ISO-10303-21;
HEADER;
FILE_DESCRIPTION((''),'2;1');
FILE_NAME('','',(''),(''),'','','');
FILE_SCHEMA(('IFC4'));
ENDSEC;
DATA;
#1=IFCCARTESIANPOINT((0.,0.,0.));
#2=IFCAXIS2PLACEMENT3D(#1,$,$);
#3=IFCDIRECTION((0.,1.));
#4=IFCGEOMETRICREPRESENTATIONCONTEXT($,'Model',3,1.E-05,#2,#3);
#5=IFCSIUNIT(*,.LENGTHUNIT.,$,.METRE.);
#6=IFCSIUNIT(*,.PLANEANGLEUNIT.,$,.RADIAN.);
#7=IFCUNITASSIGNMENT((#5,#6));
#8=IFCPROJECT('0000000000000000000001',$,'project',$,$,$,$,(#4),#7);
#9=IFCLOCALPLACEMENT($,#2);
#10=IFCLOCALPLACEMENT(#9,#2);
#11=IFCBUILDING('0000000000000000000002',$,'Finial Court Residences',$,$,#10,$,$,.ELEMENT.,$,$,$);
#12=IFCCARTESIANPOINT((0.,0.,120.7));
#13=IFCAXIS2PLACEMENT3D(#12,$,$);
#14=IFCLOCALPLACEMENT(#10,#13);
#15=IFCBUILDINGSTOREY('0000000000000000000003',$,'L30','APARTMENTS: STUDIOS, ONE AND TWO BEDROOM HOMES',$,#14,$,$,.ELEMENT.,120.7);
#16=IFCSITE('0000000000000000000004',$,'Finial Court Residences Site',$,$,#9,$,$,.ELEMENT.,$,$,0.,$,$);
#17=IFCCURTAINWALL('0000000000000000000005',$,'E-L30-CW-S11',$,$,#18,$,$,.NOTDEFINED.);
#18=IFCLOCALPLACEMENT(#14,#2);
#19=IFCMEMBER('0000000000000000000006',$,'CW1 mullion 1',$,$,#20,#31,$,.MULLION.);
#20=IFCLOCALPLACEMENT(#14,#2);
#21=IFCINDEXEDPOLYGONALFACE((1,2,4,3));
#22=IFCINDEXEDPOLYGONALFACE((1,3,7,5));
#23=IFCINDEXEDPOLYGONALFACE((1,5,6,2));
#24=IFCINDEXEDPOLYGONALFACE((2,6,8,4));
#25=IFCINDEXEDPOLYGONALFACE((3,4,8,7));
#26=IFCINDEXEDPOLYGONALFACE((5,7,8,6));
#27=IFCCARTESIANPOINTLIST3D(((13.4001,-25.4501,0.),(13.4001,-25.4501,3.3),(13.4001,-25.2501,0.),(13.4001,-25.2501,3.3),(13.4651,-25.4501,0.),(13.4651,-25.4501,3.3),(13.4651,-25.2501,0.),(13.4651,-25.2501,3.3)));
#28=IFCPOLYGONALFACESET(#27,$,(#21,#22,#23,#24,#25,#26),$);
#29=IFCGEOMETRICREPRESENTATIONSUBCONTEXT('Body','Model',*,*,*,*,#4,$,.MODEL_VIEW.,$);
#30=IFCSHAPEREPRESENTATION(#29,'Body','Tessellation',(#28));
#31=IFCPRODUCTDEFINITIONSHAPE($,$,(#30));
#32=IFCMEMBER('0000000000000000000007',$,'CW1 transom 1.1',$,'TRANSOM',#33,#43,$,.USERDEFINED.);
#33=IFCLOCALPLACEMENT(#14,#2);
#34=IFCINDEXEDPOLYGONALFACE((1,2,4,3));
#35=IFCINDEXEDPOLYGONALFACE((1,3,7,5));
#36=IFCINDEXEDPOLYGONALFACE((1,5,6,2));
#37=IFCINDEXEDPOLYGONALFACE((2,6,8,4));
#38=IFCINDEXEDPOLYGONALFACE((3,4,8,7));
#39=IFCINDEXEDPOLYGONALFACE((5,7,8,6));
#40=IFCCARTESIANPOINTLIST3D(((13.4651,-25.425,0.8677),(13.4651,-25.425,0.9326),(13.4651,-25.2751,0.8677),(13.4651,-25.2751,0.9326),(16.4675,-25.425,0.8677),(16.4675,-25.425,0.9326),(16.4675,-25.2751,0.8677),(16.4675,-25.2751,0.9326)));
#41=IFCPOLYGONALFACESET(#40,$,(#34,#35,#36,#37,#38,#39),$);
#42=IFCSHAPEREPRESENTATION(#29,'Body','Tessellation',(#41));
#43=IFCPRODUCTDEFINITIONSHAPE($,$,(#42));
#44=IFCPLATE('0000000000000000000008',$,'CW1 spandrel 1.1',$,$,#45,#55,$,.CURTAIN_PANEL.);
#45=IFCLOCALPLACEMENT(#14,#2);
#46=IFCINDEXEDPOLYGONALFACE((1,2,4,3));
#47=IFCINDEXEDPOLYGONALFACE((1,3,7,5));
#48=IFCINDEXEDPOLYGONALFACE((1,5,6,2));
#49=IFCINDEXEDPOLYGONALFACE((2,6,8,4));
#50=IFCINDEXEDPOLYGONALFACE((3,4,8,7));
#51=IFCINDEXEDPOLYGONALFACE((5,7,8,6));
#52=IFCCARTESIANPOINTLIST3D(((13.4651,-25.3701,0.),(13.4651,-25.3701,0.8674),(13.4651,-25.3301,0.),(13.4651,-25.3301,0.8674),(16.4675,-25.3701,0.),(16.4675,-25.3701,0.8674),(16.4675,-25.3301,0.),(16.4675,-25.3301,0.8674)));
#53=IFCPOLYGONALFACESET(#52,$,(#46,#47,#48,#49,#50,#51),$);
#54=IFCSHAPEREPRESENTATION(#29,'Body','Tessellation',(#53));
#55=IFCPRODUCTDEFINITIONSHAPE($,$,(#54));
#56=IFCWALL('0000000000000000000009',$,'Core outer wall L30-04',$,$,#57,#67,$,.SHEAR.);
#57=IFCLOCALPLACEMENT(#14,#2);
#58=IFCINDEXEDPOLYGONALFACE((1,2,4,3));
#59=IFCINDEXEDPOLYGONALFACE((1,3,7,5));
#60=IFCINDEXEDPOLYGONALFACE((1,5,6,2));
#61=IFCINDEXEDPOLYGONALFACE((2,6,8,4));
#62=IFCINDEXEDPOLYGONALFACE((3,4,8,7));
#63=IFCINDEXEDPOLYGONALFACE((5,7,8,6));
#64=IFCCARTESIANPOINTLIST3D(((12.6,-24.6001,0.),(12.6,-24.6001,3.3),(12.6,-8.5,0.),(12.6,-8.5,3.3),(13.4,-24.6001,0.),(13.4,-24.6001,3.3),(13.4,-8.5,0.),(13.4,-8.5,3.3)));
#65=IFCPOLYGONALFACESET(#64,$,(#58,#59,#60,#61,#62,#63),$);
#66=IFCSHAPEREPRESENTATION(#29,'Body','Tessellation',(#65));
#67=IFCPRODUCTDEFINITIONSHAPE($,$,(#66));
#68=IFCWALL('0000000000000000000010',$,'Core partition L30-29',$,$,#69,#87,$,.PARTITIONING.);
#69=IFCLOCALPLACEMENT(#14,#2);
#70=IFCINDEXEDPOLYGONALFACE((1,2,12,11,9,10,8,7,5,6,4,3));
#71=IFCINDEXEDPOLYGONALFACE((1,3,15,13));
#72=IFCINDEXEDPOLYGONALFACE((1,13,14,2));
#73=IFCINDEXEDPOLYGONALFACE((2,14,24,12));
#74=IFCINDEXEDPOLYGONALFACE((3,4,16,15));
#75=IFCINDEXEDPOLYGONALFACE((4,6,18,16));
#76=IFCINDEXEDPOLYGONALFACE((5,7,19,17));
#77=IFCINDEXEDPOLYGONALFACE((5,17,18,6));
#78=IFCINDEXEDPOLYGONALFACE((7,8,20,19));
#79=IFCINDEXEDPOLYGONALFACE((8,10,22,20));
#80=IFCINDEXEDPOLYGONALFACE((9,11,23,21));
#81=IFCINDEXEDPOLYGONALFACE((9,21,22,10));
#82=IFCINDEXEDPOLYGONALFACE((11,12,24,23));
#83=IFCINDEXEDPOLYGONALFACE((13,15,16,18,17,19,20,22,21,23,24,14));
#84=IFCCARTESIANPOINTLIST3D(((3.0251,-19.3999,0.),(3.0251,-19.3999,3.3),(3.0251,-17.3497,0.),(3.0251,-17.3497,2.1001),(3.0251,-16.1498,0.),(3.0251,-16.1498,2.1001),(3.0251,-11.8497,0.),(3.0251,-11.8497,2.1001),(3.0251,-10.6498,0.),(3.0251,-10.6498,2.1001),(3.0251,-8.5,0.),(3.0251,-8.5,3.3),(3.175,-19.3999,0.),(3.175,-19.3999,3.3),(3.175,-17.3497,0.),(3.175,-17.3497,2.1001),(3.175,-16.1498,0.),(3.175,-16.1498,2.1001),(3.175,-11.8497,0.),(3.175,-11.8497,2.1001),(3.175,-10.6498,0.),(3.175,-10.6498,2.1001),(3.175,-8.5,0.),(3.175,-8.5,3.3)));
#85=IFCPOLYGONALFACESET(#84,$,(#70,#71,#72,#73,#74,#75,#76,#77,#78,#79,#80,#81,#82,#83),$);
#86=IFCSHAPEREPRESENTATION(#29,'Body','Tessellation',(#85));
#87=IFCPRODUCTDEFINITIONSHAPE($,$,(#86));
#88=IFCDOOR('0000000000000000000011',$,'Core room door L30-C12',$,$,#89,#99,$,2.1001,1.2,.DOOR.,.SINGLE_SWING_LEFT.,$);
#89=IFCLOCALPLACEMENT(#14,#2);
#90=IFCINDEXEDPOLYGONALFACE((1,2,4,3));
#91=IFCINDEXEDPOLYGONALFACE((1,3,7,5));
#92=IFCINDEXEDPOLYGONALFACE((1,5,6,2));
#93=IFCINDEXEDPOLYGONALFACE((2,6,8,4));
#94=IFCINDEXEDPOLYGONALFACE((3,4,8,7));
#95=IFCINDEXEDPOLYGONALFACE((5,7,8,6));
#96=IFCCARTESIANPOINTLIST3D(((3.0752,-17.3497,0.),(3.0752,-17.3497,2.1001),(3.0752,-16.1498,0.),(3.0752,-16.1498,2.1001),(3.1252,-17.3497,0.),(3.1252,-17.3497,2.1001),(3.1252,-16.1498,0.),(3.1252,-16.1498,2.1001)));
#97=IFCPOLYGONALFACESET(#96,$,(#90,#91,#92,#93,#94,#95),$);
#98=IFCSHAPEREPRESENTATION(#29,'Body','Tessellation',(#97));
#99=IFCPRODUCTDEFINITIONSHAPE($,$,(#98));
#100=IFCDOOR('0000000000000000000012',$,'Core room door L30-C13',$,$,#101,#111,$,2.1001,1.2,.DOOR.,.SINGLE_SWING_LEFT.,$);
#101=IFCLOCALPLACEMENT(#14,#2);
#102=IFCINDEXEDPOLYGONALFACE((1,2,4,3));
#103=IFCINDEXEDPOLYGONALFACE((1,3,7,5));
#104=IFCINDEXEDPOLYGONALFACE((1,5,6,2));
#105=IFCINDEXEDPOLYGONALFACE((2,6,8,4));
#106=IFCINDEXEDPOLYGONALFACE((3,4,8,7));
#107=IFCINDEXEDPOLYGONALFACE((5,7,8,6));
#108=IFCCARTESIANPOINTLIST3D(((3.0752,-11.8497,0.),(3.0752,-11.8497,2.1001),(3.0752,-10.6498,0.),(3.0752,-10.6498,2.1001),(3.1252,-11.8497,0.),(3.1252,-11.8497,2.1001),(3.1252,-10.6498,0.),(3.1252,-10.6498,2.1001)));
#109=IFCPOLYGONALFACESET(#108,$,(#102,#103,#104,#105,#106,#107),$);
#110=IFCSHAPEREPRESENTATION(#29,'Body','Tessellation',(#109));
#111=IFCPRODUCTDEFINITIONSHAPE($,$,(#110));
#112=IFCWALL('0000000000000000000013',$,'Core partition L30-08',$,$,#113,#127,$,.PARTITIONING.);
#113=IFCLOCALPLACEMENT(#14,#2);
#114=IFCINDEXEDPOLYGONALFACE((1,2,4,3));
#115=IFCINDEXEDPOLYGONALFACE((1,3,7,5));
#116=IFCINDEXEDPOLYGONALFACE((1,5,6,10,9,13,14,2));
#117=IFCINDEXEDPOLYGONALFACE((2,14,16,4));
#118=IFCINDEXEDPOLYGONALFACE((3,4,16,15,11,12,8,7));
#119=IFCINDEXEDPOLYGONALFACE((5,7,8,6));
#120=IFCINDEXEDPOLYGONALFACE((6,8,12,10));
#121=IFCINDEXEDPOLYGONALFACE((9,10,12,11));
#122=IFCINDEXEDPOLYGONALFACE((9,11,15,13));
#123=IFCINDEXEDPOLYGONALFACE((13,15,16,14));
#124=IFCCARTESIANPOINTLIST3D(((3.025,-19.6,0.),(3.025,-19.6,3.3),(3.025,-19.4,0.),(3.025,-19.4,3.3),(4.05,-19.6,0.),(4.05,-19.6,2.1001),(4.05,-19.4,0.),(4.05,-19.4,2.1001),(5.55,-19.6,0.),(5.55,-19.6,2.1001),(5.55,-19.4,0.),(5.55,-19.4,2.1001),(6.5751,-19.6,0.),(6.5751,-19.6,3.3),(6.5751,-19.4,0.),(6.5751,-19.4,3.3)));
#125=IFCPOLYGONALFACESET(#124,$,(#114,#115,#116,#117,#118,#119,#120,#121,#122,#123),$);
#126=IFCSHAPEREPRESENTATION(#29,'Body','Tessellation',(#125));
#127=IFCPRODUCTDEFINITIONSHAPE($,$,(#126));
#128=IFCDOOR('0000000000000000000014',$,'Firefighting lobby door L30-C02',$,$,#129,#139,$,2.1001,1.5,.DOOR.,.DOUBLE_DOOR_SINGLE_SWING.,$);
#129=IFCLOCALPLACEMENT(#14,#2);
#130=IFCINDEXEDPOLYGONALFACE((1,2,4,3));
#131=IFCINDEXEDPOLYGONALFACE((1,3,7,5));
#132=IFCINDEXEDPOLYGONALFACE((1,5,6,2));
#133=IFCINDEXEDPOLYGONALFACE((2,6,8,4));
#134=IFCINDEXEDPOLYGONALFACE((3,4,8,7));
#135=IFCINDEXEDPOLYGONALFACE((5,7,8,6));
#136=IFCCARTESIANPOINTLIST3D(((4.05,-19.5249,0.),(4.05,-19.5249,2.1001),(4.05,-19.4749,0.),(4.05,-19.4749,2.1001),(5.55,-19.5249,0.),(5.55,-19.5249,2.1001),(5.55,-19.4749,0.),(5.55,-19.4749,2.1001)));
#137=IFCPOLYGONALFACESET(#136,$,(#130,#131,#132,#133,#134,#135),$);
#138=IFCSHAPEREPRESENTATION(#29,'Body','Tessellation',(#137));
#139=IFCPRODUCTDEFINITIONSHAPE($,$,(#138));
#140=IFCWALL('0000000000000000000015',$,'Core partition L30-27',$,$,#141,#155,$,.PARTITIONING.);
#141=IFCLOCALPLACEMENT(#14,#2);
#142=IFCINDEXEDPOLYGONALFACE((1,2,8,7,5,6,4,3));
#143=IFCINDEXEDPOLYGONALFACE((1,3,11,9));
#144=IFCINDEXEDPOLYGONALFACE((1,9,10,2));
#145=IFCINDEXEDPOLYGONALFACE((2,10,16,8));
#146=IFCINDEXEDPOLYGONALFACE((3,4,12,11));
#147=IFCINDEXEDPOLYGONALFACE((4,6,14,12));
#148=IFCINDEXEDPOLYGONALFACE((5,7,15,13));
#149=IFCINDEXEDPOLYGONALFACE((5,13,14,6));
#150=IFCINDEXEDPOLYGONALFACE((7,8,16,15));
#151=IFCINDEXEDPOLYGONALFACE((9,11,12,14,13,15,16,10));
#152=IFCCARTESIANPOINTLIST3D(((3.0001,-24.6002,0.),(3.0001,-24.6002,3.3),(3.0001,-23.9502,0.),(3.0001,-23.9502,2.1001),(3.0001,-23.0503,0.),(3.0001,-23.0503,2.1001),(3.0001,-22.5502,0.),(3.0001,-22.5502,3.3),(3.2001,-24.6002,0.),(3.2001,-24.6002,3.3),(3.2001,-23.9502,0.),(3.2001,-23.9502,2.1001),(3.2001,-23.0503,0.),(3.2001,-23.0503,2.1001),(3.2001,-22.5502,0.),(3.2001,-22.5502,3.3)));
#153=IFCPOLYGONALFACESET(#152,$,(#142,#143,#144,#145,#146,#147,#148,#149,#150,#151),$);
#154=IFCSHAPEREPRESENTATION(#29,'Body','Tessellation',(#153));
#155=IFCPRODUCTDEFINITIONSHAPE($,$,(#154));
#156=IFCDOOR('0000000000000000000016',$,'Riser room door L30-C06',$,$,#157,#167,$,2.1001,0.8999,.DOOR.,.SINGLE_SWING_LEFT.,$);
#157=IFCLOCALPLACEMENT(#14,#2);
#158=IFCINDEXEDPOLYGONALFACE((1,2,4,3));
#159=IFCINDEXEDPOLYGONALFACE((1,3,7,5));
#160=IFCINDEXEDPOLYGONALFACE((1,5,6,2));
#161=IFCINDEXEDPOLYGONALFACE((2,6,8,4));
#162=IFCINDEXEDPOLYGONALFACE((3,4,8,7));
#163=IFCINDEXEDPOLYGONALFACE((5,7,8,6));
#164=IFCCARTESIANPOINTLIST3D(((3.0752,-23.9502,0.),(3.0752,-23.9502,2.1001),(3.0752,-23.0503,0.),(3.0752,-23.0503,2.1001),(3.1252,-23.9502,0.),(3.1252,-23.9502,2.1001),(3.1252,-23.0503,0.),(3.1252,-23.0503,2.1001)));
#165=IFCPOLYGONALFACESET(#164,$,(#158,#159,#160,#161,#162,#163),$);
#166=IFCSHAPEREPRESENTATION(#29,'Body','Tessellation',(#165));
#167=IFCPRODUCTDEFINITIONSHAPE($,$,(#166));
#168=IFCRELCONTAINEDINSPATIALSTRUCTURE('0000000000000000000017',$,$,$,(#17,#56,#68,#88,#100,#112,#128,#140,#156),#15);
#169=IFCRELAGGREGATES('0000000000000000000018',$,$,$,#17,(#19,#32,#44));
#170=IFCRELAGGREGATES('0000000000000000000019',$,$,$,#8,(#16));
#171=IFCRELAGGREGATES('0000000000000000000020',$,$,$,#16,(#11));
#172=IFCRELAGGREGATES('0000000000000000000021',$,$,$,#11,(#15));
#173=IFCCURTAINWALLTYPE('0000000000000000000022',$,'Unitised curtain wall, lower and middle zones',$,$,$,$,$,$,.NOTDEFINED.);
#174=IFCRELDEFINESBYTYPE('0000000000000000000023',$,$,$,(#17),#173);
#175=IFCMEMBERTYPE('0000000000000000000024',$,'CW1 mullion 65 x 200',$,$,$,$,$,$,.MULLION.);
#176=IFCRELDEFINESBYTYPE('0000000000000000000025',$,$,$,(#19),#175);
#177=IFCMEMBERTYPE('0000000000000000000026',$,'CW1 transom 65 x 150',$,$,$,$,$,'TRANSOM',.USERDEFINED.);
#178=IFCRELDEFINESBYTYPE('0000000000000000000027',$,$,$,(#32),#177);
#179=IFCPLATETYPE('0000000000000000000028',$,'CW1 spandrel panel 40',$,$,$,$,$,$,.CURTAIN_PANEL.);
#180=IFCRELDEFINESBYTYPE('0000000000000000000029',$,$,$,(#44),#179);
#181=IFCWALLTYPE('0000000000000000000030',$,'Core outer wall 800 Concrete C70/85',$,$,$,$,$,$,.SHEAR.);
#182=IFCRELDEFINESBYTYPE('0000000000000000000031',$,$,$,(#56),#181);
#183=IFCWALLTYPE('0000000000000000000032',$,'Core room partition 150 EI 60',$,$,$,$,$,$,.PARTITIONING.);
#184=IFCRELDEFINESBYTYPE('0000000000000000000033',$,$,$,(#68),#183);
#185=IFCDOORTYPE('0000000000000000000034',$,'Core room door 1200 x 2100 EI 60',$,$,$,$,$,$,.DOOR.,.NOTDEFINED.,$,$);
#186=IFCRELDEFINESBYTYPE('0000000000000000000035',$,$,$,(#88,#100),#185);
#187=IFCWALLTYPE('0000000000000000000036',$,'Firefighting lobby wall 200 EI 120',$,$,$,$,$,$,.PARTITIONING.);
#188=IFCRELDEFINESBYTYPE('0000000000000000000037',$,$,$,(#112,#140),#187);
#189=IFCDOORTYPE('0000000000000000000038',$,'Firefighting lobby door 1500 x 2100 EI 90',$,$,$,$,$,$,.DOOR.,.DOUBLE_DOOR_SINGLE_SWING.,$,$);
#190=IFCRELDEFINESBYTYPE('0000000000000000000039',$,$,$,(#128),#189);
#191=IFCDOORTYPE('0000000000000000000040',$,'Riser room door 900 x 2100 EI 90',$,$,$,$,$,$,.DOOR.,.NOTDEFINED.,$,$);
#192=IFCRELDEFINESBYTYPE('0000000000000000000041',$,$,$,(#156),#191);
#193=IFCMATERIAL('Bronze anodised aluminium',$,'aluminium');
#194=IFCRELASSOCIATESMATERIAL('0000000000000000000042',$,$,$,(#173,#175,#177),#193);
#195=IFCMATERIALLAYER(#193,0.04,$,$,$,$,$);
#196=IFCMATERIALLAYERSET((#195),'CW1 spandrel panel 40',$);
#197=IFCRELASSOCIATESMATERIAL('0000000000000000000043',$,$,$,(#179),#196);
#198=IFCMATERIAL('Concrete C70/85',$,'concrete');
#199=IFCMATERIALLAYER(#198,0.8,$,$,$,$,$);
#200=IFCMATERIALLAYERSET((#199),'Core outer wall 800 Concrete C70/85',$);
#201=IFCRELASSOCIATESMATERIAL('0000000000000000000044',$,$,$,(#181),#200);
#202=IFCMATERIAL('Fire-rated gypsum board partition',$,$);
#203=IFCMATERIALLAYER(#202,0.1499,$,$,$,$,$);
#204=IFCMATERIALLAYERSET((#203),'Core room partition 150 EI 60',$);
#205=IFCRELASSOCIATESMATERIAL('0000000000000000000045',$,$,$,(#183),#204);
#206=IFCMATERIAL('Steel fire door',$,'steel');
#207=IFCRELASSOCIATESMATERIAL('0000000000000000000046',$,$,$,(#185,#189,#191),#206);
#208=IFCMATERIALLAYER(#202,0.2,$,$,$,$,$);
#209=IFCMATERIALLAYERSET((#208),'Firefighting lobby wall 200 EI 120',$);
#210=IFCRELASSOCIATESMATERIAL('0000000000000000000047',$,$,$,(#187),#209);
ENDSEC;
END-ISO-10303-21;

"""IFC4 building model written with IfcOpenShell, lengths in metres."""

from ifc_helpers import new_model, si_unit, direction, frame, frame_2d, origin, origin_2d, place, context, subcontext, project, spatial, rectangle, extrude, material, layer, layer_set, material_profile, profile_set, type_object, element, fill, aggregate, save


model = new_model("IFC4")

# Units and contexts
model_context = context("Model", 3, precision=1e-05, world=origin(), true_north=direction((0.0, 1.0)))
body_context = subcontext(model_context, "Body", "Model", "MODEL_VIEW")
ifc_project = project(units=[si_unit("LENGTHUNIT", "METRE"), si_unit("PLANEANGLEUNIT", "RADIAN")], contexts=[model_context])

# Site, building, storey
site_placement = place(None, origin())
site = spatial("IfcSite", under=ifc_project, at=site_placement, Name="Finial Court Residences Site", CompositionType="ELEMENT", RefElevation=0.0)
building_placement = place(site_placement, origin())
building = spatial("IfcBuilding", under=site, at=building_placement, Name="Finial Court Residences", CompositionType="ELEMENT")
storey_placement = place(building_placement, frame((0.0, 0.0, 120.7)))
storey = spatial("IfcBuildingStorey", under=building, at=storey_placement, Name="L30", Description="APARTMENTS: STUDIOS, ONE AND TWO BEDROOM HOMES", CompositionType="ELEMENT", Elevation=120.7)

# Curtain wall, members, plate
ifc_material_1 = material(Name="Bronze anodised aluminium", Category="aluminium")
curtain_wall_type = type_object("IfcCurtainWallType", Name="Unitised curtain wall, lower and middle zones", PredefinedType="NOTDEFINED", material=ifc_material_1)
curtain_wall_placement = place(storey_placement, origin())
curtain_wall = element("IfcCurtainWall", 1, at=curtain_wall_placement, inside=storey, type_object=curtain_wall_type, Name="E-L30-CW-S11", PredefinedType="NOTDEFINED")
ifc_material_profile_1 = material_profile(ifc_material_1, rectangle(XDim=0.2, YDim=0.0649, at=origin_2d()), Name="CW1 mullion 65 x 200")
ifc_profile_set_1 = profile_set([ifc_material_profile_1], Name="Bronze anodised aluminium")
member_type_1 = type_object("IfcMemberType", Name="CW1 mullion 65 x 200", PredefinedType="MULLION", material=ifc_profile_set_1)
member_1_placement = place(storey_placement, frame((13.4326, -25.3501, 0.0), z_axis=(0.0, 0.0, 1.0), x_axis=(0.0, 1.0, 0.0)))
member_1 = element("IfcMember", 2, at=member_1_placement, type_object=member_type_1, Name="CW1 mullion 1", PredefinedType="MULLION", context=body_context, shape_type="SweptSolid", body=[
    extrude(rectangle(XDim=0.2, YDim=0.0649, at=origin_2d()), origin(), (0.0, 0.0, 1.0), 3.3),
])
ifc_material_profile_2 = material_profile(ifc_material_1, rectangle(XDim=0.1499, YDim=0.0649, at=origin_2d()), Name="CW1 transom 65 x 150")
ifc_profile_set_2 = profile_set([ifc_material_profile_2], Name="Bronze anodised aluminium")
member_type_2 = type_object("IfcMemberType", Name="CW1 transom 65 x 150", ElementType="TRANSOM", PredefinedType="USERDEFINED", material=ifc_profile_set_2)
member_2_placement = place(storey_placement, frame((13.4651, -25.3501, 0.9001), z_axis=(1.0, 0.0, 0.0), x_axis=(0.0, 1.0, 0.0)))
member_2 = element("IfcMember", 3, at=member_2_placement, type_object=member_type_2, Name="CW1 transom 1.1", ObjectType="TRANSOM", PredefinedType="USERDEFINED", context=body_context, shape_type="SweptSolid", body=[
    extrude(rectangle(XDim=0.1499, YDim=0.0649, at=origin_2d()), origin(), (0.0, 0.0, 1.0), 3.0024),
])
ifc_layer_1 = layer(ifc_material_1, 0.04)
ifc_layer_set_1 = layer_set([ifc_layer_1], Name="CW1 spandrel panel 40")
plate_type = type_object("IfcPlateType", Name="CW1 spandrel panel 40", PredefinedType="CURTAIN_PANEL", material=ifc_layer_set_1)
plate_placement = place(storey_placement, frame((14.9663, -25.3501, 0.0), z_axis=(0.0, 0.0, 1.0), x_axis=(1.0, 0.0, 0.0)))
plate = element("IfcPlate", 4, at=plate_placement, type_object=plate_type, Name="CW1 spandrel 1.1", PredefinedType="CURTAIN_PANEL", context=body_context, shape_type="SweptSolid", body=[
    extrude(rectangle(XDim=3.0024, YDim=0.04, at=origin_2d()), origin(), (0.0, 0.0, 1.0), 0.8674),
])
aggregate(curtain_wall, [member_1, member_2, plate])

# Wall
ifc_material_2 = material(Name="Concrete C70/85", Category="concrete")
ifc_layer_2 = layer(ifc_material_2, 0.8)
ifc_layer_set_2 = layer_set([ifc_layer_2], Name="Core outer wall 800 Concrete C70/85")
wall_type_1 = type_object("IfcWallType", Name="Core outer wall 800 Concrete C70/85", PredefinedType="SHEAR", material=ifc_layer_set_2)
wall_1_placement = place(storey_placement, frame((13.0, -24.6001, 0.0), z_axis=(0.0, 0.0, 1.0), x_axis=(0.0, 1.0, 0.0)))
element("IfcWall", 5, at=wall_1_placement, inside=storey, type_object=wall_type_1, Name="Core outer wall L30-04", PredefinedType="SHEAR", context=body_context, shape_type="SweptSolid", body=[
    extrude(rectangle(XDim=16.1001, YDim=0.8, at=frame_2d((8.05, 0.0))), origin(), (0.0, 0.0, 1.0), 3.3),
])

# Wall, openings, doors
ifc_material_3 = material(Name="Fire-rated gypsum board partition")
ifc_layer_3 = layer(ifc_material_3, 0.1499)
ifc_layer_set_3 = layer_set([ifc_layer_3], Name="Core room partition 150 EI 60")
wall_type_2 = type_object("IfcWallType", Name="Core room partition 150 EI 60", PredefinedType="PARTITIONING", material=ifc_layer_set_3)
wall_2_placement = place(storey_placement, frame((3.1001, -19.3999, 0.0), z_axis=(0.0, 0.0, 1.0), x_axis=(0.0, 1.0, 0.0)))
wall_2 = element("IfcWall", 6, at=wall_2_placement, inside=storey, type_object=wall_type_2, Name="Core partition L30-29", PredefinedType="PARTITIONING", context=body_context, shape_type="SweptSolid", body=[
    extrude(rectangle(XDim=10.8999, YDim=0.1499, at=frame_2d((5.45, 0.0))), origin(), (0.0, 0.0, 1.0), 3.3),
])
opening_1_placement = place(wall_2_placement, frame((2.05, 0.0, 0.0)))
opening_1 = element("IfcOpeningElement", 7, at=opening_1_placement, cuts=wall_2, PredefinedType="OPENING", context=body_context, shape_type="SweptSolid", body=[
    extrude(rectangle(XDim=1.2, YDim=2.1001, at=frame_2d((0.6001, 1.05))), frame((0.0, 0.085, 0.0), z_axis=(0.0, -1.0, 0.0), x_axis=(1.0, 0.0, 0.0)), (0.0, 0.0, 1.0), 0.1699),
])
opening_2_placement = place(wall_2_placement, frame((7.55, 0.0, 0.0)))
opening_2 = element("IfcOpeningElement", 8, at=opening_2_placement, cuts=wall_2, PredefinedType="OPENING", context=body_context, shape_type="SweptSolid", body=[
    extrude(rectangle(XDim=1.2, YDim=2.1001, at=frame_2d((0.6001, 1.05))), frame((0.0, 0.085, 0.0), z_axis=(0.0, -1.0, 0.0), x_axis=(1.0, 0.0, 0.0)), (0.0, 0.0, 1.0), 0.1699),
])
ifc_material_4 = material(Name="Steel fire door", Category="steel")
door_type_1 = type_object("IfcDoorType", Name="Core room door 1200 x 2100 EI 60", OperationType="NOTDEFINED", PredefinedType="DOOR", material=ifc_material_4)
door_1_placement = place(opening_1_placement, origin())
door_1 = element("IfcDoor", 9, at=door_1_placement, inside=storey, type_object=door_type_1, Name="Core room door L30-C12", OperationType="SINGLE_SWING_LEFT", OverallHeight=2.1001, OverallWidth=1.2, PredefinedType="DOOR", context=body_context, shape_type="SweptSolid", body=[
    extrude(rectangle(XDim=1.2, YDim=2.1001, at=frame_2d((0.6001, 1.05))), frame((0.0, 0.0249, 0.0), z_axis=(0.0, -1.0, 0.0), x_axis=(1.0, 0.0, 0.0)), (0.0, 0.0, 1.0), 0.05),
])
fill(opening_1, door_1)
door_2_placement = place(opening_2_placement, origin())
door_2 = element("IfcDoor", 10, at=door_2_placement, inside=storey, type_object=door_type_1, Name="Core room door L30-C13", OperationType="SINGLE_SWING_LEFT", OverallHeight=2.1001, OverallWidth=1.2, PredefinedType="DOOR", context=body_context, shape_type="SweptSolid", body=[
    extrude(rectangle(XDim=1.2, YDim=2.1001, at=frame_2d((0.6001, 1.05))), frame((0.0, 0.0249, 0.0), z_axis=(0.0, -1.0, 0.0), x_axis=(1.0, 0.0, 0.0)), (0.0, 0.0, 1.0), 0.05),
])
fill(opening_2, door_2)

# Walls, openings, doors
ifc_layer_4 = layer(ifc_material_3, 0.2)
ifc_layer_set_4 = layer_set([ifc_layer_4], Name="Firefighting lobby wall 200 EI 120")
wall_type_3 = type_object("IfcWallType", Name="Firefighting lobby wall 200 EI 120", PredefinedType="PARTITIONING", material=ifc_layer_set_4)
wall_3_placement = place(storey_placement, frame((6.575, -19.5, 0.0), z_axis=(0.0, 0.0, 1.0), x_axis=(-1.0, 0.0, 0.0)))
wall_3 = element("IfcWall", 11, at=wall_3_placement, inside=storey, type_object=wall_type_3, Name="Core partition L30-08", PredefinedType="PARTITIONING", context=body_context, shape_type="SweptSolid", body=[
    extrude(rectangle(XDim=3.55, YDim=0.2, at=frame_2d((1.7749, 0.0))), origin(), (0.0, 0.0, 1.0), 3.3),
])
opening_3_placement = place(wall_3_placement, frame((1.0249, 0.0, 0.0)))
opening_3 = element("IfcOpeningElement", 12, at=opening_3_placement, cuts=wall_3, PredefinedType="OPENING", context=body_context, shape_type="SweptSolid", body=[
    extrude(rectangle(XDim=1.5, YDim=2.1001, at=frame_2d((0.75, 1.05))), frame((0.0, 0.1099, 0.0), z_axis=(0.0, -1.0, 0.0), x_axis=(1.0, 0.0, 0.0)), (0.0, 0.0, 1.0), 0.22),
])
door_type_2 = type_object("IfcDoorType", Name="Firefighting lobby door 1500 x 2100 EI 90", OperationType="DOUBLE_DOOR_SINGLE_SWING", PredefinedType="DOOR", material=ifc_material_4)
door_3_placement = place(opening_3_placement, origin())
door_3 = element("IfcDoor", 13, at=door_3_placement, inside=storey, type_object=door_type_2, Name="Firefighting lobby door L30-C02", OperationType="DOUBLE_DOOR_SINGLE_SWING", OverallHeight=2.1001, OverallWidth=1.5, PredefinedType="DOOR", context=body_context, shape_type="SweptSolid", body=[
    extrude(rectangle(XDim=1.5, YDim=2.1001, at=frame_2d((0.75, 1.05))), frame((0.0, 0.0249, 0.0), z_axis=(0.0, -1.0, 0.0), x_axis=(1.0, 0.0, 0.0)), (0.0, 0.0, 1.0), 0.05),
])
fill(opening_3, door_3)
wall_4_placement = place(storey_placement, frame((3.1001, -24.6001, 0.0), z_axis=(0.0, 0.0, 1.0), x_axis=(0.0, 1.0, 0.0)))
wall_4 = element("IfcWall", 14, at=wall_4_placement, inside=storey, type_object=wall_type_3, Name="Core partition L30-27", PredefinedType="PARTITIONING", context=body_context, shape_type="SweptSolid", body=[
    extrude(rectangle(XDim=2.05, YDim=0.2, at=frame_2d((1.0249, 0.0))), origin(), (0.0, 0.0, 1.0), 3.3),
])
opening_4_placement = place(wall_4_placement, frame((0.6499, 0.0, 0.0)))
opening_4 = element("IfcOpeningElement", 15, at=opening_4_placement, cuts=wall_4, PredefinedType="OPENING", context=body_context, shape_type="SweptSolid", body=[
    extrude(rectangle(XDim=0.8999, YDim=2.1001, at=frame_2d((0.45, 1.05))), frame((0.0, 0.1099, 0.0), z_axis=(0.0, -1.0, 0.0), x_axis=(1.0, 0.0, 0.0)), (0.0, 0.0, 1.0), 0.22),
])
door_type_3 = type_object("IfcDoorType", Name="Riser room door 900 x 2100 EI 90", OperationType="NOTDEFINED", PredefinedType="DOOR", material=ifc_material_4)
door_4_placement = place(opening_4_placement, origin())
door_4 = element("IfcDoor", 16, at=door_4_placement, inside=storey, type_object=door_type_3, Name="Riser room door L30-C06", OperationType="SINGLE_SWING_LEFT", OverallHeight=2.1001, OverallWidth=0.8999, PredefinedType="DOOR", context=body_context, shape_type="SweptSolid", body=[
    extrude(rectangle(XDim=0.8999, YDim=2.1001, at=frame_2d((0.45, 1.05))), frame((0.0, 0.0249, 0.0), z_axis=(0.0, -1.0, 0.0), x_axis=(1.0, 0.0, 0.0)), (0.0, 0.0, 1.0), 0.05),
])
fill(opening_4, door_4)

save(model, "model.ifc")
